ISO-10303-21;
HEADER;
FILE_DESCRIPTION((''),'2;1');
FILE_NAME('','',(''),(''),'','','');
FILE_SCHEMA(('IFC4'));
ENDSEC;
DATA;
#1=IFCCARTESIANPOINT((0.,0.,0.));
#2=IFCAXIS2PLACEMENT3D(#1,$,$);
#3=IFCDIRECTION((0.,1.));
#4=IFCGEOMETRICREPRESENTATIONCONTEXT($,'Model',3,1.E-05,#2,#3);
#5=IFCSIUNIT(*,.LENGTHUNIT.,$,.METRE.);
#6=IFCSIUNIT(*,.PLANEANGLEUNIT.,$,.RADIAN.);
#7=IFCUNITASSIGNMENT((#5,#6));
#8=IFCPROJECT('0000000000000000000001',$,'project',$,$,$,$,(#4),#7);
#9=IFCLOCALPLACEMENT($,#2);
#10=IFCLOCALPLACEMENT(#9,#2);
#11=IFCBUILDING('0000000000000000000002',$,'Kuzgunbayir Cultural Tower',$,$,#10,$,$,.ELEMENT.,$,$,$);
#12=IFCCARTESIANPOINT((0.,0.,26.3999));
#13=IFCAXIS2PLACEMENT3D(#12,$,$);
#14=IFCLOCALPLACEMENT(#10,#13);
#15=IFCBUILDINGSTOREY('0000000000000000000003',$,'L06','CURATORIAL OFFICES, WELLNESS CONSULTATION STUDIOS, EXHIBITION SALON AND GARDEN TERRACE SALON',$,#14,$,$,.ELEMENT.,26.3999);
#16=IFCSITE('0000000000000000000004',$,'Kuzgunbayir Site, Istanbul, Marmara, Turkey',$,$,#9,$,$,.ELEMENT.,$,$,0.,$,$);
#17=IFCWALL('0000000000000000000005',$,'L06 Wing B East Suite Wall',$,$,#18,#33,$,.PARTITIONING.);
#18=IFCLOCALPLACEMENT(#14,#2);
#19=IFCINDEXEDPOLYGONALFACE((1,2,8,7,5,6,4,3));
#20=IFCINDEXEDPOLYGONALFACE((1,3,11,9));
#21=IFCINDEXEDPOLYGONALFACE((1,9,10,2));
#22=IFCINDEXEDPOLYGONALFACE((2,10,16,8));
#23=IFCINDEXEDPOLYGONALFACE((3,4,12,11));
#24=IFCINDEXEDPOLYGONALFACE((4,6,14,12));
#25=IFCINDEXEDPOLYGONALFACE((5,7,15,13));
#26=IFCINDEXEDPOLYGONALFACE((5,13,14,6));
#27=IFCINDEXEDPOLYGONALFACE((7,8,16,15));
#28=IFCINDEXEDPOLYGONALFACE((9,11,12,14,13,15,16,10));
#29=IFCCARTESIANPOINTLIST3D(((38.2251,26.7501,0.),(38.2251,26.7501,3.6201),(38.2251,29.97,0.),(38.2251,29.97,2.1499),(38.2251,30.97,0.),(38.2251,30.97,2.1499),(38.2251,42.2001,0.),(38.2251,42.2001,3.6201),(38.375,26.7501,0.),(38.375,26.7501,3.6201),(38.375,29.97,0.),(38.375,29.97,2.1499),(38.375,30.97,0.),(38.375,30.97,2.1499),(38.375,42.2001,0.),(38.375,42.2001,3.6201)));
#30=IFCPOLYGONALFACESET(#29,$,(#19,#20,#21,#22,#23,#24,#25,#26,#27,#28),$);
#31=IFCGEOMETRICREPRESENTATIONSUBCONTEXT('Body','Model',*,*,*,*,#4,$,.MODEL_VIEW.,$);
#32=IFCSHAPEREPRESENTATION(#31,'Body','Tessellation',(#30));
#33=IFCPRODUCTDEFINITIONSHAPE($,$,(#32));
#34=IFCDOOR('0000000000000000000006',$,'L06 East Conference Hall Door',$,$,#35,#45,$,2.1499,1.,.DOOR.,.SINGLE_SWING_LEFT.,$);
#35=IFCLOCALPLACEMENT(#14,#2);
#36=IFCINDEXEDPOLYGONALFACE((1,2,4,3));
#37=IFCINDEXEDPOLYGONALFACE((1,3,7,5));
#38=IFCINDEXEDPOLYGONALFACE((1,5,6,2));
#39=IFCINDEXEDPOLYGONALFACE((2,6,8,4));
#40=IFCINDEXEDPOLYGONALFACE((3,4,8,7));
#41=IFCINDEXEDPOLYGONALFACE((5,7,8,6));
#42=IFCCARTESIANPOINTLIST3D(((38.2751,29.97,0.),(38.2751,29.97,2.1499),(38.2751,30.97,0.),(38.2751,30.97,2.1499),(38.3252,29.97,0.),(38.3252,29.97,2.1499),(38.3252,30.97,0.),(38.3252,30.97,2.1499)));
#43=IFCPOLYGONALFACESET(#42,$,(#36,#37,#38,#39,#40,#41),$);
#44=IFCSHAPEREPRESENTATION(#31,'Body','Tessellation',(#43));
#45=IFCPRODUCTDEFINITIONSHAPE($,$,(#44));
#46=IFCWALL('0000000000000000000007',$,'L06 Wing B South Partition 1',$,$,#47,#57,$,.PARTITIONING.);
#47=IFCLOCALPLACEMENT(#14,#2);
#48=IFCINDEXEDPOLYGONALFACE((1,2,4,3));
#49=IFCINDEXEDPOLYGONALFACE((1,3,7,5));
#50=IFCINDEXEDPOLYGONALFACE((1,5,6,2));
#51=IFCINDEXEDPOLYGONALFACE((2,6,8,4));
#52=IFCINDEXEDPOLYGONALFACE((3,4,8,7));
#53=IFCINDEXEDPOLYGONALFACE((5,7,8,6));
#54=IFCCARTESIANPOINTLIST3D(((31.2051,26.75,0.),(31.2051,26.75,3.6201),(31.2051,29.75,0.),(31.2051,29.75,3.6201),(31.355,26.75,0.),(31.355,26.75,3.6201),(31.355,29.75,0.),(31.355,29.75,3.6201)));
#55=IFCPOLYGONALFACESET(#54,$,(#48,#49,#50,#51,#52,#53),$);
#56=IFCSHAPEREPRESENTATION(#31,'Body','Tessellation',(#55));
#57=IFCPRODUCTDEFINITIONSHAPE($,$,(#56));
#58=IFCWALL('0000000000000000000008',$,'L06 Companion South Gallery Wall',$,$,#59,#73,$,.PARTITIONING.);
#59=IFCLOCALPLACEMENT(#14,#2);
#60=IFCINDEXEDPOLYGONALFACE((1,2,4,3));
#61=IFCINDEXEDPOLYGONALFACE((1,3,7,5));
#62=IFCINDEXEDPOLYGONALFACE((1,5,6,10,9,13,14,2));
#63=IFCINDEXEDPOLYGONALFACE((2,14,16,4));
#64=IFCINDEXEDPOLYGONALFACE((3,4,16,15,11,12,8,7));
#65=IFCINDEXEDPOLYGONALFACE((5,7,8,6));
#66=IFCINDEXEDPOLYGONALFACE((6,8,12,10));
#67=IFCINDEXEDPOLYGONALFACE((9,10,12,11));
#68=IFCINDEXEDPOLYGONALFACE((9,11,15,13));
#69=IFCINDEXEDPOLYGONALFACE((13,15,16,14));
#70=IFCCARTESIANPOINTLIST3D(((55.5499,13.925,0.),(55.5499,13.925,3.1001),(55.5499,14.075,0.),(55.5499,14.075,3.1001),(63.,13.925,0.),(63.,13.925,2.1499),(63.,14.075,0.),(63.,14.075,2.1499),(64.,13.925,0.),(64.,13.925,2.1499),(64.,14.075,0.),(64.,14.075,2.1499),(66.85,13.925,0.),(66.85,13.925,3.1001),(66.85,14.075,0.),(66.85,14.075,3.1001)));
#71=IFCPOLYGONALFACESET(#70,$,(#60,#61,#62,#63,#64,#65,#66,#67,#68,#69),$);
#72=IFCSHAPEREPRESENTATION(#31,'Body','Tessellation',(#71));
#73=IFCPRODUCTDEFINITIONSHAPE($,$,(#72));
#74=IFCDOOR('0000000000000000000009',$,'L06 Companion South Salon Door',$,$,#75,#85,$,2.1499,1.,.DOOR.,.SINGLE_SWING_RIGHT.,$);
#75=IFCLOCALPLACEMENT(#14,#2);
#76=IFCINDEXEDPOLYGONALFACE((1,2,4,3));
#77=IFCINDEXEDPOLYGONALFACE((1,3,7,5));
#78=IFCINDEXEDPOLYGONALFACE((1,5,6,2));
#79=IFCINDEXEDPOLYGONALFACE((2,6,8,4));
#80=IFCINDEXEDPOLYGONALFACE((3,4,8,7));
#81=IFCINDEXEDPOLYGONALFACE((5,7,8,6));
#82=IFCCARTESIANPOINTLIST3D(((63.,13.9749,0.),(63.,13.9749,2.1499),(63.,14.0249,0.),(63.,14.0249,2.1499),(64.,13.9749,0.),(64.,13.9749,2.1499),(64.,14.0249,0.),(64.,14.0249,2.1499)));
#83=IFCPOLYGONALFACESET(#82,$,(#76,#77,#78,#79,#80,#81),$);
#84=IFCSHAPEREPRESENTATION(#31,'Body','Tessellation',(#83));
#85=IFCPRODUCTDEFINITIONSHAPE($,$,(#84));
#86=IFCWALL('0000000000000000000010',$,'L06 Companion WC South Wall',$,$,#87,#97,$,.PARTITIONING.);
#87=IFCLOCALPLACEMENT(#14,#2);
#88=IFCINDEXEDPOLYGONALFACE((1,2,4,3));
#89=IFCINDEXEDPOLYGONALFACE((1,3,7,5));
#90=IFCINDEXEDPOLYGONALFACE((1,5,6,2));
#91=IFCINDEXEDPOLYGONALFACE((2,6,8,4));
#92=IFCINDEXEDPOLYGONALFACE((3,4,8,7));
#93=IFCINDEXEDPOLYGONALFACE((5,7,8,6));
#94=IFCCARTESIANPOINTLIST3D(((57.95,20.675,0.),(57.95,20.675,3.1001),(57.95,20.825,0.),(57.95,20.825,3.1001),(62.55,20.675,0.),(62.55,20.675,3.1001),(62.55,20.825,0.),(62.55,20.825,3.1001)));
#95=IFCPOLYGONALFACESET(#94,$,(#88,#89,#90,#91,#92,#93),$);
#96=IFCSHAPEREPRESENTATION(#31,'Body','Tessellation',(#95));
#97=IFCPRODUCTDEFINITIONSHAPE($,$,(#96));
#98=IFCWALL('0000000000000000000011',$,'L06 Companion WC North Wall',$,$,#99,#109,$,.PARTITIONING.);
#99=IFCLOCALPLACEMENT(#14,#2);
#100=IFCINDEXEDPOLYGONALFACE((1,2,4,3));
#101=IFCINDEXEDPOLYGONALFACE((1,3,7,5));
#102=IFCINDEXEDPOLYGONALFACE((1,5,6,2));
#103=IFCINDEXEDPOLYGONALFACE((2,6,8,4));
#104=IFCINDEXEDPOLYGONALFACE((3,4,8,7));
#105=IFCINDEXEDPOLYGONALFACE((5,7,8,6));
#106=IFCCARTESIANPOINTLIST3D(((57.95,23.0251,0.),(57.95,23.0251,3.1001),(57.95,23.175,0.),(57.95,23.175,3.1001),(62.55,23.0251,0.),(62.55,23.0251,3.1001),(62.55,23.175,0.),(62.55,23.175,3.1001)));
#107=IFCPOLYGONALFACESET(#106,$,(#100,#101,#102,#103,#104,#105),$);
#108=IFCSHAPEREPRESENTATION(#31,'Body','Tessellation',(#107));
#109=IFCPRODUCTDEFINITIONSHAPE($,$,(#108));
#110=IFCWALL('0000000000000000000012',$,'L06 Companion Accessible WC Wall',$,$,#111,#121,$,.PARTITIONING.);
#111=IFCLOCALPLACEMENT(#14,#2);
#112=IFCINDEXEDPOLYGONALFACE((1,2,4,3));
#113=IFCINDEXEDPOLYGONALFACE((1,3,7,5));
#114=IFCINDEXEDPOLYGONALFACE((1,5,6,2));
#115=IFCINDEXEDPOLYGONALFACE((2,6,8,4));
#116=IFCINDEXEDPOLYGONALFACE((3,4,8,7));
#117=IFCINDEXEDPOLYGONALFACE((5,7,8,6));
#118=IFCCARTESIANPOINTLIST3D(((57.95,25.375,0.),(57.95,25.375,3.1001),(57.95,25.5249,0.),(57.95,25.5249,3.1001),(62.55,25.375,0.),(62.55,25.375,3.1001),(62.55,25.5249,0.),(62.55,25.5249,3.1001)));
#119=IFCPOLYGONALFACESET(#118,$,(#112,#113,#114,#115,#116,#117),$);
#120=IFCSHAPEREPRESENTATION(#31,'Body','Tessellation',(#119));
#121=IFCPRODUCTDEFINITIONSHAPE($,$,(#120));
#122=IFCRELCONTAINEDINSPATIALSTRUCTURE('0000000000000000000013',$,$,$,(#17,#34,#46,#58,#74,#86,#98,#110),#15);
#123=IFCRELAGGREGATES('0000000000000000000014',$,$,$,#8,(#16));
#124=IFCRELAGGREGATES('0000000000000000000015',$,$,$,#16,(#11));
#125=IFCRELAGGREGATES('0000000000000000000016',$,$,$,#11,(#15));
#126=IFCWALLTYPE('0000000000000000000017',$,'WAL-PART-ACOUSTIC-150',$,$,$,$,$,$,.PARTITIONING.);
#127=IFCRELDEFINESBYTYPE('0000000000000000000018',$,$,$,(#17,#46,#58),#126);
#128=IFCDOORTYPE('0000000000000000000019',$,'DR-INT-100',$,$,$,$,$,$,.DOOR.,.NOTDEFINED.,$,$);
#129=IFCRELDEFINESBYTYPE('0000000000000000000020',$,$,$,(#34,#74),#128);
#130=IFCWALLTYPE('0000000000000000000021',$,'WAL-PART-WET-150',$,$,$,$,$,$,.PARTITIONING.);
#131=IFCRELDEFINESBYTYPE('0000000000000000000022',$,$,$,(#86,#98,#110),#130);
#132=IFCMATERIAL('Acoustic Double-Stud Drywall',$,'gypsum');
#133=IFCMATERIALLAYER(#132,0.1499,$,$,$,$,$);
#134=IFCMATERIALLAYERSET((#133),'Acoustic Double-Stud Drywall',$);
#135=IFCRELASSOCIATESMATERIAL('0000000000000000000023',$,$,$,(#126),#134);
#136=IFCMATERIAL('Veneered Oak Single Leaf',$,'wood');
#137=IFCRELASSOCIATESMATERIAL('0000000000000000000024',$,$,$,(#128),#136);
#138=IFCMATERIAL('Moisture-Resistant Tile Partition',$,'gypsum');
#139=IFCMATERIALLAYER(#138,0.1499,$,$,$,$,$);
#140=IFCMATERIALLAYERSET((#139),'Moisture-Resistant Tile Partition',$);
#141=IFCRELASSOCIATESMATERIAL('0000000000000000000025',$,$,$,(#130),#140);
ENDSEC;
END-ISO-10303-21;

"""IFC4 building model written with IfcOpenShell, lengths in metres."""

from ifc_helpers import new_model, si_unit, direction, frame, frame_2d, origin, place, context, subcontext, project, spatial, rectangle, extrude, material, layer, layer_set, type_object, element, fill, save


model = new_model("IFC4")

# Units and contexts
model_context = context("Model", 3, precision=1e-05, world=origin(), true_north=direction((0.0, 1.0)))
body_context = subcontext(model_context, "Body", "Model", "MODEL_VIEW")
ifc_project = project(units=[si_unit("LENGTHUNIT", "METRE"), si_unit("PLANEANGLEUNIT", "RADIAN")], contexts=[model_context])

# Site, building, storey
site_placement = place(None, origin())
site = spatial("IfcSite", under=ifc_project, at=site_placement, Name="Kuzgunbayir Site, Istanbul, Marmara, Turkey", CompositionType="ELEMENT", RefElevation=0.0)
building_placement = place(site_placement, origin())
building = spatial("IfcBuilding", under=site, at=building_placement, Name="Kuzgunbayir Cultural Tower", CompositionType="ELEMENT")
storey_placement = place(building_placement, frame((0.0, 0.0, 26.3999)))
storey = spatial("IfcBuildingStorey", under=building, at=storey_placement, Name="L06", Description="CURATORIAL OFFICES, WELLNESS CONSULTATION STUDIOS, EXHIBITION SALON AND GARDEN TERRACE SALON", CompositionType="ELEMENT", Elevation=26.3999)

# Wall, opening, door
ifc_material_1 = material(Name="Acoustic Double-Stud Drywall", Category="gypsum")
ifc_layer_1 = layer(ifc_material_1, 0.1499)
ifc_layer_set_1 = layer_set([ifc_layer_1], Name="Acoustic Double-Stud Drywall")
wall_type_1 = type_object("IfcWallType", Name="WAL-PART-ACOUSTIC-150", PredefinedType="PARTITIONING", material=ifc_layer_set_1)
wall_1_placement = place(storey_placement, frame((38.3, 26.75, 0.0), z_axis=(0.0, 0.0, 1.0), x_axis=(0.0, 1.0, 0.0)))
wall_1 = element("IfcWall", 1, at=wall_1_placement, inside=storey, type_object=wall_type_1, Name="L06 Wing B East Suite Wall", PredefinedType="PARTITIONING", context=body_context, shape_type="SweptSolid", body=[
    extrude(rectangle(XDim=15.45, YDim=0.1499, at=frame_2d((7.7251, 0.0))), origin(), (0.0, 0.0, 1.0), 3.6201),
])
opening_1_placement = place(wall_1_placement, frame((3.22, 0.0, 0.0)))
opening_1 = element("IfcOpeningElement", 2, at=opening_1_placement, cuts=wall_1, PredefinedType="OPENING", context=body_context, shape_type="SweptSolid", body=[
    extrude(rectangle(XDim=1.0, YDim=2.1499, at=frame_2d((0.5, 1.075))), frame((0.0, 0.085, 0.0), z_axis=(0.0, -1.0, 0.0), x_axis=(1.0, 0.0, 0.0)), (0.0, 0.0, 1.0), 0.1699),
])
ifc_material_2 = material(Name="Veneered Oak Single Leaf", Category="wood")
door_type = type_object("IfcDoorType", Name="DR-INT-100", OperationType="NOTDEFINED", PredefinedType="DOOR", material=ifc_material_2)
door_1_placement = place(opening_1_placement, origin())
door_1 = element("IfcDoor", 3, at=door_1_placement, inside=storey, type_object=door_type, Name="L06 East Conference Hall Door", OperationType="SINGLE_SWING_LEFT", OverallHeight=2.1499, OverallWidth=1.0, PredefinedType="DOOR", context=body_context, shape_type="SweptSolid", body=[
    extrude(rectangle(XDim=1.0, YDim=2.1499, at=frame_2d((0.5, 1.075))), frame((0.0, 0.0249, 0.0), z_axis=(0.0, -1.0, 0.0), x_axis=(1.0, 0.0, 0.0)), (0.0, 0.0, 1.0), 0.05),
])
fill(opening_1, door_1)

# Wall
wall_2_placement = place(storey_placement, frame((31.28, 26.75, 0.0), z_axis=(0.0, 0.0, 1.0), x_axis=(0.0, 1.0, 0.0)))
element("IfcWall", 4, at=wall_2_placement, inside=storey, type_object=wall_type_1, Name="L06 Wing B South Partition 1", PredefinedType="PARTITIONING", context=body_context, shape_type="SweptSolid", body=[
    extrude(rectangle(XDim=3.0, YDim=0.1499, at=frame_2d((1.5, 0.0))), origin(), (0.0, 0.0, 1.0), 3.6201),
])

# Wall, opening, door
wall_3_placement = place(storey_placement, frame((55.55, 14.0, 0.0), z_axis=(0.0, 0.0, 1.0), x_axis=(1.0, 0.0, 0.0)))
wall_3 = element("IfcWall", 5, at=wall_3_placement, inside=storey, type_object=wall_type_1, Name="L06 Companion South Gallery Wall", PredefinedType="PARTITIONING", context=body_context, shape_type="SweptSolid", body=[
    extrude(rectangle(XDim=11.3, YDim=0.1499, at=frame_2d((5.6499, 0.0))), origin(), (0.0, 0.0, 1.0), 3.1001),
])
opening_2_placement = place(wall_3_placement, frame((7.45, 0.0, 0.0)))
opening_2 = element("IfcOpeningElement", 6, at=opening_2_placement, cuts=wall_3, PredefinedType="OPENING", context=body_context, shape_type="SweptSolid", body=[
    extrude(rectangle(XDim=1.0, YDim=2.1499, at=frame_2d((0.5, 1.075))), frame((0.0, 0.085, 0.0), z_axis=(0.0, -1.0, 0.0), x_axis=(1.0, 0.0, 0.0)), (0.0, 0.0, 1.0), 0.1699),
])
door_2_placement = place(opening_2_placement, origin())
door_2 = element("IfcDoor", 7, at=door_2_placement, inside=storey, type_object=door_type, Name="L06 Companion South Salon Door", OperationType="SINGLE_SWING_RIGHT", OverallHeight=2.1499, OverallWidth=1.0, PredefinedType="DOOR", context=body_context, shape_type="SweptSolid", body=[
    extrude(rectangle(XDim=1.0, YDim=2.1499, at=frame_2d((0.5, 1.075))), frame((0.0, 0.0249, 0.0), z_axis=(0.0, -1.0, 0.0), x_axis=(1.0, 0.0, 0.0)), (0.0, 0.0, 1.0), 0.05),
])
fill(opening_2, door_2)

# Walls
ifc_material_3 = material(Name="Moisture-Resistant Tile Partition", Category="gypsum")
ifc_layer_2 = layer(ifc_material_3, 0.1499)
ifc_layer_set_2 = layer_set([ifc_layer_2], Name="Moisture-Resistant Tile Partition")
wall_type_2 = type_object("IfcWallType", Name="WAL-PART-WET-150", PredefinedType="PARTITIONING", material=ifc_layer_set_2)
for number, where, z_axis, x_axis, name in (
    (8, (57.95, 20.75, 0.0), (0.0, 0.0, 1.0), (1.0, 0.0, 0.0), "L06 Companion WC South Wall"),
    (9, (57.95, 23.1001, 0.0), (0.0, 0.0, 1.0), (1.0, 0.0, 0.0), "L06 Companion WC North Wall"),
    (10, (57.95, 25.45, 0.0), (0.0, 0.0, 1.0), (1.0, 0.0, 0.0), "L06 Companion Accessible WC Wall"),
):
    element("IfcWall", number, at=place(storey_placement, frame(where, z_axis=z_axis, x_axis=x_axis)), inside=storey, type_object=wall_type_2, Name=name, PredefinedType="PARTITIONING", context=body_context, shape_type="SweptSolid", body=[
        extrude(rectangle(XDim=4.6001, YDim=0.1499, at=frame_2d((2.3, 0.0))), origin(), (0.0, 0.0, 1.0), 3.1001),
    ])

save(model, "model.ifc")
